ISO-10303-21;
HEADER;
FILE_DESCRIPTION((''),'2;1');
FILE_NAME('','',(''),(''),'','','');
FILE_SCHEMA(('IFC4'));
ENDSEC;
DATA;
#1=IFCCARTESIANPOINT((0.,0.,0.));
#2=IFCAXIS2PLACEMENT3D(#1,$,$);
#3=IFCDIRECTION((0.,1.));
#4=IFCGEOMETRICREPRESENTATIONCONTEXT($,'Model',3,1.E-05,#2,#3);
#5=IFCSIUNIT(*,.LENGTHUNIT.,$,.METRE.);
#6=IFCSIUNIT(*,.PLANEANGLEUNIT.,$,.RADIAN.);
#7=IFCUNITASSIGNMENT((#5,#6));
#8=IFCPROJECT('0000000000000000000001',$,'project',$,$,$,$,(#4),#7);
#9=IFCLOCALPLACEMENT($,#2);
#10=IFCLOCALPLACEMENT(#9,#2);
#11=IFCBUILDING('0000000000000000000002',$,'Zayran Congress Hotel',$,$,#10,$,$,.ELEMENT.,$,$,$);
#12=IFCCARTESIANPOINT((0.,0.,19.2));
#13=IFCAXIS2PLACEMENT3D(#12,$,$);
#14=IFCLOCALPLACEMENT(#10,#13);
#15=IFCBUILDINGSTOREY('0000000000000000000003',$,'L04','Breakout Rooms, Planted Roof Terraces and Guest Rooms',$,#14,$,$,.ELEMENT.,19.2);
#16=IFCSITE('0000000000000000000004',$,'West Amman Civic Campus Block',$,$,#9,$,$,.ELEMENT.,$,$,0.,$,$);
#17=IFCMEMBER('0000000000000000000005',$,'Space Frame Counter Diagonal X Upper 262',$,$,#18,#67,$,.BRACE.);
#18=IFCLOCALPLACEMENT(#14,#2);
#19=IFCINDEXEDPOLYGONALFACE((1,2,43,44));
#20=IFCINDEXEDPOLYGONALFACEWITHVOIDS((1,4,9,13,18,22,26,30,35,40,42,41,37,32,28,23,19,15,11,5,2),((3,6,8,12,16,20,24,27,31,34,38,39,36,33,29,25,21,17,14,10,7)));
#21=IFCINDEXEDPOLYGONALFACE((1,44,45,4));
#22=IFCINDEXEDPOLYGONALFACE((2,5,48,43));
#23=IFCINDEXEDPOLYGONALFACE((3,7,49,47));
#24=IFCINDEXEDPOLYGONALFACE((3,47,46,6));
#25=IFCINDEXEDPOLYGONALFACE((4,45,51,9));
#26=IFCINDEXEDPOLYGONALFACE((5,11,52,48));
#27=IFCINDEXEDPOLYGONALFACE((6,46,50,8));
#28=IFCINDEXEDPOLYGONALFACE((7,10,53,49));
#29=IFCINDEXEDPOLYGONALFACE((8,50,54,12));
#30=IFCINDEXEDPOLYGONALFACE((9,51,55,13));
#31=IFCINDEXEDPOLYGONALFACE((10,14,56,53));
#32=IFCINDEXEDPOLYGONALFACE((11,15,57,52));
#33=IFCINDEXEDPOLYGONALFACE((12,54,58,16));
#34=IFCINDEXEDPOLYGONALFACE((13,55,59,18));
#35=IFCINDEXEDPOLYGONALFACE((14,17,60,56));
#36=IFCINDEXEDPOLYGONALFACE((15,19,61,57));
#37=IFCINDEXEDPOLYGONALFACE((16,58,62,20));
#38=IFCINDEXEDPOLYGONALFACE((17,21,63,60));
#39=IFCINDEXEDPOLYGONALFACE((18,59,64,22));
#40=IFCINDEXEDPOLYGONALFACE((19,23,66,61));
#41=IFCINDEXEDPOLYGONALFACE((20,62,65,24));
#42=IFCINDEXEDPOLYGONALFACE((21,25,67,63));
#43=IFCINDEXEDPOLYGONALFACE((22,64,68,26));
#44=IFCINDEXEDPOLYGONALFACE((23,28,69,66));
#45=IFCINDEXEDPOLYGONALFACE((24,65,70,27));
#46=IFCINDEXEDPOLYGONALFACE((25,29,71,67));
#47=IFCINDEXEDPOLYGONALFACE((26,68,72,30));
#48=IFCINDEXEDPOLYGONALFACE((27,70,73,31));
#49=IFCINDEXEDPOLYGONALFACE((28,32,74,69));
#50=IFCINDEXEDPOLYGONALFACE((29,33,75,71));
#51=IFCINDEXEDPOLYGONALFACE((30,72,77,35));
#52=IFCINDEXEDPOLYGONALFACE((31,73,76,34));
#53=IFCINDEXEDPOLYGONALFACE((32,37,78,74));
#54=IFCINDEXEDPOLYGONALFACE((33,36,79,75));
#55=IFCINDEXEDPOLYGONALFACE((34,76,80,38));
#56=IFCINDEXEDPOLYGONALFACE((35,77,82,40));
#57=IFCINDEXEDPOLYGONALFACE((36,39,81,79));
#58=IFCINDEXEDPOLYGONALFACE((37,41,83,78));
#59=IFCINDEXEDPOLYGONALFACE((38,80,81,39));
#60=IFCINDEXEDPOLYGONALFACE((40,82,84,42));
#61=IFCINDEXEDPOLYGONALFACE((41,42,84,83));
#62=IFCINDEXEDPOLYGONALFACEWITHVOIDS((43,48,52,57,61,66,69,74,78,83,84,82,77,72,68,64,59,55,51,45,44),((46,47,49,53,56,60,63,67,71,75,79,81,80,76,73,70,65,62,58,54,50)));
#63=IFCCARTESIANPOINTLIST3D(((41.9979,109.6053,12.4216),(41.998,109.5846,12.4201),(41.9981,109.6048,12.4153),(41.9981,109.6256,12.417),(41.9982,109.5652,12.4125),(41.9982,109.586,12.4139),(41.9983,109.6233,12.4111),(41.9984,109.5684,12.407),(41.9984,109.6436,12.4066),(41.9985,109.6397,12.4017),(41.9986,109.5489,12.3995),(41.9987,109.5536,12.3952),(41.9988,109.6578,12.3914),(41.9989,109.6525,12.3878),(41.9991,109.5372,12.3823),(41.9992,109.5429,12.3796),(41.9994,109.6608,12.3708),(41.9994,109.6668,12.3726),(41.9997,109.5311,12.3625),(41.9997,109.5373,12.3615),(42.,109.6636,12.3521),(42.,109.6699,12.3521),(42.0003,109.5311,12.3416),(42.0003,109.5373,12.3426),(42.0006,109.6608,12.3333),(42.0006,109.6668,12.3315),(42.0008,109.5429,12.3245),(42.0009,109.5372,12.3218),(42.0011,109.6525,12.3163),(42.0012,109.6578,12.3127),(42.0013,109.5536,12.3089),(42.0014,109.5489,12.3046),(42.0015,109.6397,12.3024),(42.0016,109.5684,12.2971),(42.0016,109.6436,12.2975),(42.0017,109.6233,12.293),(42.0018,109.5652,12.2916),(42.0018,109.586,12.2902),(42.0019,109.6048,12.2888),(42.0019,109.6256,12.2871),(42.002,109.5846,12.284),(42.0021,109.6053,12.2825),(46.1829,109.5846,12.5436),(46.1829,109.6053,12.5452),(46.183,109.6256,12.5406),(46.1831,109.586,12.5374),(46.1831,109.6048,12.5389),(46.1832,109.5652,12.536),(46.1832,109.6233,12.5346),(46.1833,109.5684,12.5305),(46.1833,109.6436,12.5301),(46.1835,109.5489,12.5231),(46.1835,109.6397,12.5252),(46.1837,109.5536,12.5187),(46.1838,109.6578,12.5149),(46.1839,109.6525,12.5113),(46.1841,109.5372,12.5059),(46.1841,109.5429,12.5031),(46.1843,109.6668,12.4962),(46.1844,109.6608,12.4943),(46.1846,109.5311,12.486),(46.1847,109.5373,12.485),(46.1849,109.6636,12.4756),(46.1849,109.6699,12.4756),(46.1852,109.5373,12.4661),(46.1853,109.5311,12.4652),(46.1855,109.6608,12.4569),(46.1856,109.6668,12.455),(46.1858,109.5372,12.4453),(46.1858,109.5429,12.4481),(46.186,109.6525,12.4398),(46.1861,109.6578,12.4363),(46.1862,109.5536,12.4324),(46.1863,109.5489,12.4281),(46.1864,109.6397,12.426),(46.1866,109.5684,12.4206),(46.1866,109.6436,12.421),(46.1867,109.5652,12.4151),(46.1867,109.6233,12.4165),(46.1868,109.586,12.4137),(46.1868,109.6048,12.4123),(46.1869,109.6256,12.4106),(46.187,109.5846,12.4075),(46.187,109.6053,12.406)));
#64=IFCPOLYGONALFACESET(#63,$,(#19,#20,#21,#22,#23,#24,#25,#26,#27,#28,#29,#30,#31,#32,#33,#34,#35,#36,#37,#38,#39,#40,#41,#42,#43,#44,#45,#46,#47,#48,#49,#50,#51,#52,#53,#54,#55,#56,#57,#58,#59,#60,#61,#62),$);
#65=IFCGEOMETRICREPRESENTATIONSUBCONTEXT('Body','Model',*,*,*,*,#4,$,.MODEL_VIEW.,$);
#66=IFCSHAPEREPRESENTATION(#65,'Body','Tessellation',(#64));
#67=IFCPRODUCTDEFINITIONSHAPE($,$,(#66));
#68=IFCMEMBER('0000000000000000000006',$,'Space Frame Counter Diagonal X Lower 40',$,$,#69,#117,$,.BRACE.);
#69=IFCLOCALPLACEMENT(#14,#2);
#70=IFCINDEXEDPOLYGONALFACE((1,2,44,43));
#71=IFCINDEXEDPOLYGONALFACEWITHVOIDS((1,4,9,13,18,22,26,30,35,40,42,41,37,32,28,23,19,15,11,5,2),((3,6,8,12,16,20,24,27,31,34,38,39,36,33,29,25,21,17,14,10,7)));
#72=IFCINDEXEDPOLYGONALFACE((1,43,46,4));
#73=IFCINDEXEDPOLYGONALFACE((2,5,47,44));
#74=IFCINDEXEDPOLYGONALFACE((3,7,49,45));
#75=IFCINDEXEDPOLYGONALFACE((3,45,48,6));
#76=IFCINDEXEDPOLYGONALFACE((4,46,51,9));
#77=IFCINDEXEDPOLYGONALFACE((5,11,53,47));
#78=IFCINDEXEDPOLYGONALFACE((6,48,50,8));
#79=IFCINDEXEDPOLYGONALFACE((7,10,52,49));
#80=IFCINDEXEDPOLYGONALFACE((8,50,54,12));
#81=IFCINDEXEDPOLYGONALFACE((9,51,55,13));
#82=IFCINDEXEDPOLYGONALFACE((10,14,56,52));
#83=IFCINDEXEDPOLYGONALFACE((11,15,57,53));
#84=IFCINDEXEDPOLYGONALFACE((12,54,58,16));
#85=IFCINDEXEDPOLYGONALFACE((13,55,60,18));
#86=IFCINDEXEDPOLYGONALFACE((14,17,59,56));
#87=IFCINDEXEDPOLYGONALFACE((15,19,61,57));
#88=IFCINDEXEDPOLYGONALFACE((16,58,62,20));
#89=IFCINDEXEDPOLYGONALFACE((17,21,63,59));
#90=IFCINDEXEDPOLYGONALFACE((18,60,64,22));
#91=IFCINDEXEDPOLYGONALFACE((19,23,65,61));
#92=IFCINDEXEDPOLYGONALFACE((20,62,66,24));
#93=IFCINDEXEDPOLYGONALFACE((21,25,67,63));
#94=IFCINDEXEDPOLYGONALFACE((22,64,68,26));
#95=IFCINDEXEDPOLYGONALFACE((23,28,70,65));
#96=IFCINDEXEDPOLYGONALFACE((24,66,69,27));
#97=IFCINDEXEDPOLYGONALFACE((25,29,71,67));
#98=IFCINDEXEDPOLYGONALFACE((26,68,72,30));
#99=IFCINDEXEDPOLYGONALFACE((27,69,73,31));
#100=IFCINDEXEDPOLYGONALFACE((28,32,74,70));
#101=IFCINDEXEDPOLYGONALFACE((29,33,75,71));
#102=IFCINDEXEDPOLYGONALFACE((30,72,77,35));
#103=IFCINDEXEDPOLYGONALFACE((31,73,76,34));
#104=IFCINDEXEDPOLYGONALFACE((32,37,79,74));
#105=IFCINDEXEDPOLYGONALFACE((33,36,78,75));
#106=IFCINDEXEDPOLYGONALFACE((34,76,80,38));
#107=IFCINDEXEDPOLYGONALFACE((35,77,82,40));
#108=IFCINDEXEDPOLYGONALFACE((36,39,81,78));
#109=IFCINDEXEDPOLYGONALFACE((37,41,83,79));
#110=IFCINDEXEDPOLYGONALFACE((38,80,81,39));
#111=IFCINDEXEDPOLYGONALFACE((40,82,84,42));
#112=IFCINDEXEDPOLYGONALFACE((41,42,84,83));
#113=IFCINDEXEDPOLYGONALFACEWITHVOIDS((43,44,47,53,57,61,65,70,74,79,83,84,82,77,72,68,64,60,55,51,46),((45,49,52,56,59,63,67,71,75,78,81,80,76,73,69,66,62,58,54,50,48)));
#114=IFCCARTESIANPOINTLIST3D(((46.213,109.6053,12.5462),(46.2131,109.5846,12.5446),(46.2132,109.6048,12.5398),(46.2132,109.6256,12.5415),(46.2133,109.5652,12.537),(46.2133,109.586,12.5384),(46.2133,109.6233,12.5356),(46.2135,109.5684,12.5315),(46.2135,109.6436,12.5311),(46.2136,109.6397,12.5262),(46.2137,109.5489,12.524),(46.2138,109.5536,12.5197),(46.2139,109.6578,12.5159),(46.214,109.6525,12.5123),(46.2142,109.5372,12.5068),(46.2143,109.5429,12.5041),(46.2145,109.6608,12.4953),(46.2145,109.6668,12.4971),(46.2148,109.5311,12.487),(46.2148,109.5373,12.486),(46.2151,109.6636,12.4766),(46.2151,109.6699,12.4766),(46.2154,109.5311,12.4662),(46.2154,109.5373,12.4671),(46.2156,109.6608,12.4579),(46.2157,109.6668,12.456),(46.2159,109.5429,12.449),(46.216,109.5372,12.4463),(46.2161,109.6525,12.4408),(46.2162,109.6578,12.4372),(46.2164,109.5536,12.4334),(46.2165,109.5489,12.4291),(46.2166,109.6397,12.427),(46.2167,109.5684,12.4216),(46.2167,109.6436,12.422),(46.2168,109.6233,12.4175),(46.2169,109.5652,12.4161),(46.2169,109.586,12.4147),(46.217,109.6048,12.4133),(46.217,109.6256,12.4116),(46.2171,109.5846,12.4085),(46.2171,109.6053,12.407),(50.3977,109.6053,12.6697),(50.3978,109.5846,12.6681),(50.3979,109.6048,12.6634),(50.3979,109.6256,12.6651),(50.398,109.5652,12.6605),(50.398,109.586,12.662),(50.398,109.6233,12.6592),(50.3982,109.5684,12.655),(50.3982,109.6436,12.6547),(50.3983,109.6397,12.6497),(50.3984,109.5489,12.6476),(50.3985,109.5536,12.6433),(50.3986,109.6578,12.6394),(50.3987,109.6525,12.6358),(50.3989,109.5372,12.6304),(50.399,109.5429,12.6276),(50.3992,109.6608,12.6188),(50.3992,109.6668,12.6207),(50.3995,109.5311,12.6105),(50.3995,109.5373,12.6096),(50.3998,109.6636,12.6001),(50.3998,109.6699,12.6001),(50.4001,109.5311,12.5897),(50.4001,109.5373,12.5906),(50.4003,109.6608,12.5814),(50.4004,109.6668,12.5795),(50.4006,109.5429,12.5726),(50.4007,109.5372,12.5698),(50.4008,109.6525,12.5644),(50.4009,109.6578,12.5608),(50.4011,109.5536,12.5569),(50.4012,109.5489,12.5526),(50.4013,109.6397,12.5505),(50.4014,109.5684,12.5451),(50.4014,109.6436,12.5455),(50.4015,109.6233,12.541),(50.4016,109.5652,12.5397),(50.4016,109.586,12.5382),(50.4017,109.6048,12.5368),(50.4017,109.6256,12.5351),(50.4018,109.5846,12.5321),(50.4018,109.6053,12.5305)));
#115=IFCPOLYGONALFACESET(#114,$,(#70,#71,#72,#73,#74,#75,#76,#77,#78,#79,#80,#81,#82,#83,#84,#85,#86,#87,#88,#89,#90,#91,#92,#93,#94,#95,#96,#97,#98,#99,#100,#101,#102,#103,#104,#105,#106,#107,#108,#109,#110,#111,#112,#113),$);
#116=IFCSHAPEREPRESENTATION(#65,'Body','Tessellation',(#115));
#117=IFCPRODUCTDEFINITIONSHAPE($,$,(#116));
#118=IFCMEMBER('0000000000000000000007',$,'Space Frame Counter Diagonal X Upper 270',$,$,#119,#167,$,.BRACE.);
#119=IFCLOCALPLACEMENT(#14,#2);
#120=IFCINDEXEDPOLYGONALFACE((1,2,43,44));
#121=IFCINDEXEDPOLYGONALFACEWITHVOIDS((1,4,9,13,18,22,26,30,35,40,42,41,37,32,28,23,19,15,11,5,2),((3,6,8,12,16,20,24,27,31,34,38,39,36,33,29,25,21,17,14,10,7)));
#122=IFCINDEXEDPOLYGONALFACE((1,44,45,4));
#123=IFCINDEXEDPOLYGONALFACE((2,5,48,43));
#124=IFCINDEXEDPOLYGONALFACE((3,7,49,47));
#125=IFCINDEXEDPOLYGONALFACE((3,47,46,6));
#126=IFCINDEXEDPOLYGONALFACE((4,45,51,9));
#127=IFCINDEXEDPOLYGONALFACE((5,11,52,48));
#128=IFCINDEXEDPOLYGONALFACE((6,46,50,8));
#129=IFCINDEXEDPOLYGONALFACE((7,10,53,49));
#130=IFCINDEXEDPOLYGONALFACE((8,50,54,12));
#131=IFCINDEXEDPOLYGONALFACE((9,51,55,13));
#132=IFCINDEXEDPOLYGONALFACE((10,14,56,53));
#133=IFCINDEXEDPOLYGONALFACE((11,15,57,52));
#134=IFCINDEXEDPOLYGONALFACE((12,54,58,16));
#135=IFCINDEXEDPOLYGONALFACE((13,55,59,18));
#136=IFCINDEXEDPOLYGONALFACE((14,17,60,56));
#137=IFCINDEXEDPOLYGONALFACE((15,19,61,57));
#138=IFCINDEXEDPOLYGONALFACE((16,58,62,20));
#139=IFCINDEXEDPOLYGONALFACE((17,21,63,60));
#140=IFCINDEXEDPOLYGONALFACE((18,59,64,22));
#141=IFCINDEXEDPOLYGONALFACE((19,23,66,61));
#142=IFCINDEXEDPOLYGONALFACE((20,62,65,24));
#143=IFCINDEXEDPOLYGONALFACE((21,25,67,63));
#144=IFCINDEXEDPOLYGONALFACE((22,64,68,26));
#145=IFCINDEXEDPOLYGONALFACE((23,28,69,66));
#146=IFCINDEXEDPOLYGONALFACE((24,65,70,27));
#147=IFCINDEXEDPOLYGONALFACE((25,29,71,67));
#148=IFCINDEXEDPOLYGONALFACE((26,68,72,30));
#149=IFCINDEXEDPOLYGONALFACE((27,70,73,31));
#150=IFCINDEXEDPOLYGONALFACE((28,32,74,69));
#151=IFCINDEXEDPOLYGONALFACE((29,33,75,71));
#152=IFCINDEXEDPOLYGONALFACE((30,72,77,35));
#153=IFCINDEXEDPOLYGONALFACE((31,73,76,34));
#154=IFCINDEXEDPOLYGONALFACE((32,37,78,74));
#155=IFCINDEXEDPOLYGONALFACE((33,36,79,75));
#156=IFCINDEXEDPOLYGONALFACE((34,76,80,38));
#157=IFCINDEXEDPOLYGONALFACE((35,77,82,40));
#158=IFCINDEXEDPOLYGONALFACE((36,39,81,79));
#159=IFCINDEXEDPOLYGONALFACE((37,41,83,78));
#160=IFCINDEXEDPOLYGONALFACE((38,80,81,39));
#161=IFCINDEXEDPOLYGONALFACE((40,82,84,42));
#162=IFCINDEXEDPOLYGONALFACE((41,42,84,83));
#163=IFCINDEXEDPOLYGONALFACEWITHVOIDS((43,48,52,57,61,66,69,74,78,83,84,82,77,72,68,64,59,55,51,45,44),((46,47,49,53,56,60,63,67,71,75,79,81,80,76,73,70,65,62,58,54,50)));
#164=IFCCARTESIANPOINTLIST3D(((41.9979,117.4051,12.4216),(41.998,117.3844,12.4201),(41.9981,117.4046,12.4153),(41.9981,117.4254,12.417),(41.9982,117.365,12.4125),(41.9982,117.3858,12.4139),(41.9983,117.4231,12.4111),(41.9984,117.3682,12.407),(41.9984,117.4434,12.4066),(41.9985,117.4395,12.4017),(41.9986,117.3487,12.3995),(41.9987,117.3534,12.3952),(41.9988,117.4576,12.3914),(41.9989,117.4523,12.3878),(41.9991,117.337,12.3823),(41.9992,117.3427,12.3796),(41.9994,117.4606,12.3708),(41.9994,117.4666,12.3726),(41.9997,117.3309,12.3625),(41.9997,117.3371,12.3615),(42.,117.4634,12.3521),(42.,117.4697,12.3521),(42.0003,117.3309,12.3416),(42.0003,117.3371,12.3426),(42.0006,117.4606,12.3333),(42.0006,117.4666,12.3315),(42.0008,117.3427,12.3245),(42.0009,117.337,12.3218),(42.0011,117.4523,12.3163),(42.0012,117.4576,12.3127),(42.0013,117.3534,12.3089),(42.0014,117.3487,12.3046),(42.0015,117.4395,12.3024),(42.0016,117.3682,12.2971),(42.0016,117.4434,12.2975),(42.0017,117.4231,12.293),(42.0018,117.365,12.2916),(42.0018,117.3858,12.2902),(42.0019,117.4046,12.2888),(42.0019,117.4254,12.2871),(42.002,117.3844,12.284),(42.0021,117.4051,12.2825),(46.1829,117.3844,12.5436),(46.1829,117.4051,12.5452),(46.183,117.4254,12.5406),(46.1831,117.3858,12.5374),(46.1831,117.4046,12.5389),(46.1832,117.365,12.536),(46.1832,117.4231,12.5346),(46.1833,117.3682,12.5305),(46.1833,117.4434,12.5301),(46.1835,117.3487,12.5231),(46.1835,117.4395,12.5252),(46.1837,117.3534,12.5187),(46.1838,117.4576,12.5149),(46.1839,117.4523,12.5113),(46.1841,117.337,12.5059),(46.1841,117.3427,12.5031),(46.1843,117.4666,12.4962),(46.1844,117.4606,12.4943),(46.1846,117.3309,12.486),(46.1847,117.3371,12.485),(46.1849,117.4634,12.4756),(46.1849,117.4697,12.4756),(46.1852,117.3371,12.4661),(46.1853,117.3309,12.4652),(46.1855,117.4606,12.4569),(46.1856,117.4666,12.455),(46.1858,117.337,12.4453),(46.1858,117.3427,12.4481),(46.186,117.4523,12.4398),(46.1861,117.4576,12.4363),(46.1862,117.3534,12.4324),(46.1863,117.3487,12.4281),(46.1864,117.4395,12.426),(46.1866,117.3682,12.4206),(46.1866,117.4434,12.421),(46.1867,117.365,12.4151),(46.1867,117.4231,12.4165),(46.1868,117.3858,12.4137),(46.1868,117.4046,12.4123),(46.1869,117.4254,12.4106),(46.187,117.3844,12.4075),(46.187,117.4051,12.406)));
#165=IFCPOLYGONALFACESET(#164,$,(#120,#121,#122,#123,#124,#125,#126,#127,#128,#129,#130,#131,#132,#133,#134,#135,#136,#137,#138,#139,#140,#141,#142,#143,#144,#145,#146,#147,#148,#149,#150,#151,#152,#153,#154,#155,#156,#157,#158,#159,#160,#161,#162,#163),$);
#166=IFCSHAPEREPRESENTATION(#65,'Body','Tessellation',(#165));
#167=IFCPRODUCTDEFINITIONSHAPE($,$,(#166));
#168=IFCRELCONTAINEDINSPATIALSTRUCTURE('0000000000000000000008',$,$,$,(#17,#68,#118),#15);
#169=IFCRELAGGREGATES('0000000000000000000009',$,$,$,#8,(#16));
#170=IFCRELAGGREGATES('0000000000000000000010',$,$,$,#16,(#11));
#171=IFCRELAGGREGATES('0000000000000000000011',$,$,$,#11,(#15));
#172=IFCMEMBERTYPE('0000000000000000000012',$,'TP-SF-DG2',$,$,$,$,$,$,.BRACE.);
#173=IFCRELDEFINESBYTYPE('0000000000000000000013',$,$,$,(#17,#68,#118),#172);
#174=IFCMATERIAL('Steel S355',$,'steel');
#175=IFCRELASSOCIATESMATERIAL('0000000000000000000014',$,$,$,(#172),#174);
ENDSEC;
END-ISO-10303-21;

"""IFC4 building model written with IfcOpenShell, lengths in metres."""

from ifc_helpers import new_model, si_unit, direction, frame, origin, origin_2d, place, context, subcontext, project, spatial, hollow_circle, extrude, material, material_profile, profile_set, type_object, element, save


model = new_model("IFC4")

# Units and contexts
model_context = context("Model", 3, precision=1e-05, world=origin(), true_north=direction((0.0, 1.0)))
body_context = subcontext(model_context, "Body", "Model", "MODEL_VIEW")
ifc_project = project(units=[si_unit("LENGTHUNIT", "METRE"), si_unit("PLANEANGLEUNIT", "RADIAN")], contexts=[model_context])

# Site, building, storey
site_placement = place(None, origin())
site = spatial("IfcSite", under=ifc_project, at=site_placement, Name="West Amman Civic Campus Block", CompositionType="ELEMENT", RefElevation=0.0)
building_placement = place(site_placement, origin())
building = spatial("IfcBuilding", under=site, at=building_placement, Name="Zayran Congress Hotel", CompositionType="ELEMENT")
storey_placement = place(building_placement, frame((0.0, 0.0, 19.2)))
storey = spatial("IfcBuildingStorey", under=building, at=storey_placement, Name="L04", Description="Breakout Rooms, Planted Roof Terraces and Guest Rooms", CompositionType="ELEMENT", Elevation=19.2)

# Members
ifc_material_1 = material(Name="Steel S355", Category="steel")
ifc_material_profile_1 = material_profile(ifc_material_1, hollow_circle(Radius=0.0698, WallThickness=0.0063, at=origin_2d()), Name="CHS 139.7x6.3")
ifc_profile_set_1 = profile_set([ifc_material_profile_1], Name="Steel S355")
member_type_1 = type_object("IfcMemberType", Name="TP-SF-DG2", PredefinedType="BRACE", material=ifc_profile_set_1)
member_1_placement = place(storey_placement, frame((42.0, 109.6001, 12.3521), z_axis=(0.999565, 0.0, 0.029505), x_axis=(0.0, 1.0, 0.0)))
element("IfcMember", 1, at=member_1_placement, inside=storey, type_object=member_type_1, Name="Space Frame Counter Diagonal X Upper 262", PredefinedType="BRACE", context=body_context, shape_type="SweptSolid", body=[
    extrude(hollow_circle(Radius=0.0698, WallThickness=0.0063, at=origin_2d()), origin(), (0.0, 0.0, 1.0), 4.1868),
])
member_2_placement = place(storey_placement, frame((46.2151, 109.6001, 12.4766), z_axis=(0.999565, 0.0, 0.029507), x_axis=(0.0, 1.0, 0.0)))
element("IfcMember", 2, at=member_2_placement, inside=storey, type_object=member_type_1, Name="Space Frame Counter Diagonal X Lower 40", PredefinedType="BRACE", context=body_context, shape_type="SweptSolid", body=[
    extrude(hollow_circle(Radius=0.0698, WallThickness=0.0063, at=origin_2d()), origin(), (0.0, 0.0, 1.0), 4.1865),
])
member_3_placement = place(storey_placement, frame((42.0, 117.3999, 12.3521), z_axis=(0.999565, 0.0, 0.029505), x_axis=(0.0, 1.0, 0.0)))
element("IfcMember", 3, at=member_3_placement, inside=storey, type_object=member_type_1, Name="Space Frame Counter Diagonal X Upper 270", PredefinedType="BRACE", context=body_context, shape_type="SweptSolid", body=[
    extrude(hollow_circle(Radius=0.0698, WallThickness=0.0063, at=origin_2d()), origin(), (0.0, 0.0, 1.0), 4.1868),
])

save(model, "model.ifc")
